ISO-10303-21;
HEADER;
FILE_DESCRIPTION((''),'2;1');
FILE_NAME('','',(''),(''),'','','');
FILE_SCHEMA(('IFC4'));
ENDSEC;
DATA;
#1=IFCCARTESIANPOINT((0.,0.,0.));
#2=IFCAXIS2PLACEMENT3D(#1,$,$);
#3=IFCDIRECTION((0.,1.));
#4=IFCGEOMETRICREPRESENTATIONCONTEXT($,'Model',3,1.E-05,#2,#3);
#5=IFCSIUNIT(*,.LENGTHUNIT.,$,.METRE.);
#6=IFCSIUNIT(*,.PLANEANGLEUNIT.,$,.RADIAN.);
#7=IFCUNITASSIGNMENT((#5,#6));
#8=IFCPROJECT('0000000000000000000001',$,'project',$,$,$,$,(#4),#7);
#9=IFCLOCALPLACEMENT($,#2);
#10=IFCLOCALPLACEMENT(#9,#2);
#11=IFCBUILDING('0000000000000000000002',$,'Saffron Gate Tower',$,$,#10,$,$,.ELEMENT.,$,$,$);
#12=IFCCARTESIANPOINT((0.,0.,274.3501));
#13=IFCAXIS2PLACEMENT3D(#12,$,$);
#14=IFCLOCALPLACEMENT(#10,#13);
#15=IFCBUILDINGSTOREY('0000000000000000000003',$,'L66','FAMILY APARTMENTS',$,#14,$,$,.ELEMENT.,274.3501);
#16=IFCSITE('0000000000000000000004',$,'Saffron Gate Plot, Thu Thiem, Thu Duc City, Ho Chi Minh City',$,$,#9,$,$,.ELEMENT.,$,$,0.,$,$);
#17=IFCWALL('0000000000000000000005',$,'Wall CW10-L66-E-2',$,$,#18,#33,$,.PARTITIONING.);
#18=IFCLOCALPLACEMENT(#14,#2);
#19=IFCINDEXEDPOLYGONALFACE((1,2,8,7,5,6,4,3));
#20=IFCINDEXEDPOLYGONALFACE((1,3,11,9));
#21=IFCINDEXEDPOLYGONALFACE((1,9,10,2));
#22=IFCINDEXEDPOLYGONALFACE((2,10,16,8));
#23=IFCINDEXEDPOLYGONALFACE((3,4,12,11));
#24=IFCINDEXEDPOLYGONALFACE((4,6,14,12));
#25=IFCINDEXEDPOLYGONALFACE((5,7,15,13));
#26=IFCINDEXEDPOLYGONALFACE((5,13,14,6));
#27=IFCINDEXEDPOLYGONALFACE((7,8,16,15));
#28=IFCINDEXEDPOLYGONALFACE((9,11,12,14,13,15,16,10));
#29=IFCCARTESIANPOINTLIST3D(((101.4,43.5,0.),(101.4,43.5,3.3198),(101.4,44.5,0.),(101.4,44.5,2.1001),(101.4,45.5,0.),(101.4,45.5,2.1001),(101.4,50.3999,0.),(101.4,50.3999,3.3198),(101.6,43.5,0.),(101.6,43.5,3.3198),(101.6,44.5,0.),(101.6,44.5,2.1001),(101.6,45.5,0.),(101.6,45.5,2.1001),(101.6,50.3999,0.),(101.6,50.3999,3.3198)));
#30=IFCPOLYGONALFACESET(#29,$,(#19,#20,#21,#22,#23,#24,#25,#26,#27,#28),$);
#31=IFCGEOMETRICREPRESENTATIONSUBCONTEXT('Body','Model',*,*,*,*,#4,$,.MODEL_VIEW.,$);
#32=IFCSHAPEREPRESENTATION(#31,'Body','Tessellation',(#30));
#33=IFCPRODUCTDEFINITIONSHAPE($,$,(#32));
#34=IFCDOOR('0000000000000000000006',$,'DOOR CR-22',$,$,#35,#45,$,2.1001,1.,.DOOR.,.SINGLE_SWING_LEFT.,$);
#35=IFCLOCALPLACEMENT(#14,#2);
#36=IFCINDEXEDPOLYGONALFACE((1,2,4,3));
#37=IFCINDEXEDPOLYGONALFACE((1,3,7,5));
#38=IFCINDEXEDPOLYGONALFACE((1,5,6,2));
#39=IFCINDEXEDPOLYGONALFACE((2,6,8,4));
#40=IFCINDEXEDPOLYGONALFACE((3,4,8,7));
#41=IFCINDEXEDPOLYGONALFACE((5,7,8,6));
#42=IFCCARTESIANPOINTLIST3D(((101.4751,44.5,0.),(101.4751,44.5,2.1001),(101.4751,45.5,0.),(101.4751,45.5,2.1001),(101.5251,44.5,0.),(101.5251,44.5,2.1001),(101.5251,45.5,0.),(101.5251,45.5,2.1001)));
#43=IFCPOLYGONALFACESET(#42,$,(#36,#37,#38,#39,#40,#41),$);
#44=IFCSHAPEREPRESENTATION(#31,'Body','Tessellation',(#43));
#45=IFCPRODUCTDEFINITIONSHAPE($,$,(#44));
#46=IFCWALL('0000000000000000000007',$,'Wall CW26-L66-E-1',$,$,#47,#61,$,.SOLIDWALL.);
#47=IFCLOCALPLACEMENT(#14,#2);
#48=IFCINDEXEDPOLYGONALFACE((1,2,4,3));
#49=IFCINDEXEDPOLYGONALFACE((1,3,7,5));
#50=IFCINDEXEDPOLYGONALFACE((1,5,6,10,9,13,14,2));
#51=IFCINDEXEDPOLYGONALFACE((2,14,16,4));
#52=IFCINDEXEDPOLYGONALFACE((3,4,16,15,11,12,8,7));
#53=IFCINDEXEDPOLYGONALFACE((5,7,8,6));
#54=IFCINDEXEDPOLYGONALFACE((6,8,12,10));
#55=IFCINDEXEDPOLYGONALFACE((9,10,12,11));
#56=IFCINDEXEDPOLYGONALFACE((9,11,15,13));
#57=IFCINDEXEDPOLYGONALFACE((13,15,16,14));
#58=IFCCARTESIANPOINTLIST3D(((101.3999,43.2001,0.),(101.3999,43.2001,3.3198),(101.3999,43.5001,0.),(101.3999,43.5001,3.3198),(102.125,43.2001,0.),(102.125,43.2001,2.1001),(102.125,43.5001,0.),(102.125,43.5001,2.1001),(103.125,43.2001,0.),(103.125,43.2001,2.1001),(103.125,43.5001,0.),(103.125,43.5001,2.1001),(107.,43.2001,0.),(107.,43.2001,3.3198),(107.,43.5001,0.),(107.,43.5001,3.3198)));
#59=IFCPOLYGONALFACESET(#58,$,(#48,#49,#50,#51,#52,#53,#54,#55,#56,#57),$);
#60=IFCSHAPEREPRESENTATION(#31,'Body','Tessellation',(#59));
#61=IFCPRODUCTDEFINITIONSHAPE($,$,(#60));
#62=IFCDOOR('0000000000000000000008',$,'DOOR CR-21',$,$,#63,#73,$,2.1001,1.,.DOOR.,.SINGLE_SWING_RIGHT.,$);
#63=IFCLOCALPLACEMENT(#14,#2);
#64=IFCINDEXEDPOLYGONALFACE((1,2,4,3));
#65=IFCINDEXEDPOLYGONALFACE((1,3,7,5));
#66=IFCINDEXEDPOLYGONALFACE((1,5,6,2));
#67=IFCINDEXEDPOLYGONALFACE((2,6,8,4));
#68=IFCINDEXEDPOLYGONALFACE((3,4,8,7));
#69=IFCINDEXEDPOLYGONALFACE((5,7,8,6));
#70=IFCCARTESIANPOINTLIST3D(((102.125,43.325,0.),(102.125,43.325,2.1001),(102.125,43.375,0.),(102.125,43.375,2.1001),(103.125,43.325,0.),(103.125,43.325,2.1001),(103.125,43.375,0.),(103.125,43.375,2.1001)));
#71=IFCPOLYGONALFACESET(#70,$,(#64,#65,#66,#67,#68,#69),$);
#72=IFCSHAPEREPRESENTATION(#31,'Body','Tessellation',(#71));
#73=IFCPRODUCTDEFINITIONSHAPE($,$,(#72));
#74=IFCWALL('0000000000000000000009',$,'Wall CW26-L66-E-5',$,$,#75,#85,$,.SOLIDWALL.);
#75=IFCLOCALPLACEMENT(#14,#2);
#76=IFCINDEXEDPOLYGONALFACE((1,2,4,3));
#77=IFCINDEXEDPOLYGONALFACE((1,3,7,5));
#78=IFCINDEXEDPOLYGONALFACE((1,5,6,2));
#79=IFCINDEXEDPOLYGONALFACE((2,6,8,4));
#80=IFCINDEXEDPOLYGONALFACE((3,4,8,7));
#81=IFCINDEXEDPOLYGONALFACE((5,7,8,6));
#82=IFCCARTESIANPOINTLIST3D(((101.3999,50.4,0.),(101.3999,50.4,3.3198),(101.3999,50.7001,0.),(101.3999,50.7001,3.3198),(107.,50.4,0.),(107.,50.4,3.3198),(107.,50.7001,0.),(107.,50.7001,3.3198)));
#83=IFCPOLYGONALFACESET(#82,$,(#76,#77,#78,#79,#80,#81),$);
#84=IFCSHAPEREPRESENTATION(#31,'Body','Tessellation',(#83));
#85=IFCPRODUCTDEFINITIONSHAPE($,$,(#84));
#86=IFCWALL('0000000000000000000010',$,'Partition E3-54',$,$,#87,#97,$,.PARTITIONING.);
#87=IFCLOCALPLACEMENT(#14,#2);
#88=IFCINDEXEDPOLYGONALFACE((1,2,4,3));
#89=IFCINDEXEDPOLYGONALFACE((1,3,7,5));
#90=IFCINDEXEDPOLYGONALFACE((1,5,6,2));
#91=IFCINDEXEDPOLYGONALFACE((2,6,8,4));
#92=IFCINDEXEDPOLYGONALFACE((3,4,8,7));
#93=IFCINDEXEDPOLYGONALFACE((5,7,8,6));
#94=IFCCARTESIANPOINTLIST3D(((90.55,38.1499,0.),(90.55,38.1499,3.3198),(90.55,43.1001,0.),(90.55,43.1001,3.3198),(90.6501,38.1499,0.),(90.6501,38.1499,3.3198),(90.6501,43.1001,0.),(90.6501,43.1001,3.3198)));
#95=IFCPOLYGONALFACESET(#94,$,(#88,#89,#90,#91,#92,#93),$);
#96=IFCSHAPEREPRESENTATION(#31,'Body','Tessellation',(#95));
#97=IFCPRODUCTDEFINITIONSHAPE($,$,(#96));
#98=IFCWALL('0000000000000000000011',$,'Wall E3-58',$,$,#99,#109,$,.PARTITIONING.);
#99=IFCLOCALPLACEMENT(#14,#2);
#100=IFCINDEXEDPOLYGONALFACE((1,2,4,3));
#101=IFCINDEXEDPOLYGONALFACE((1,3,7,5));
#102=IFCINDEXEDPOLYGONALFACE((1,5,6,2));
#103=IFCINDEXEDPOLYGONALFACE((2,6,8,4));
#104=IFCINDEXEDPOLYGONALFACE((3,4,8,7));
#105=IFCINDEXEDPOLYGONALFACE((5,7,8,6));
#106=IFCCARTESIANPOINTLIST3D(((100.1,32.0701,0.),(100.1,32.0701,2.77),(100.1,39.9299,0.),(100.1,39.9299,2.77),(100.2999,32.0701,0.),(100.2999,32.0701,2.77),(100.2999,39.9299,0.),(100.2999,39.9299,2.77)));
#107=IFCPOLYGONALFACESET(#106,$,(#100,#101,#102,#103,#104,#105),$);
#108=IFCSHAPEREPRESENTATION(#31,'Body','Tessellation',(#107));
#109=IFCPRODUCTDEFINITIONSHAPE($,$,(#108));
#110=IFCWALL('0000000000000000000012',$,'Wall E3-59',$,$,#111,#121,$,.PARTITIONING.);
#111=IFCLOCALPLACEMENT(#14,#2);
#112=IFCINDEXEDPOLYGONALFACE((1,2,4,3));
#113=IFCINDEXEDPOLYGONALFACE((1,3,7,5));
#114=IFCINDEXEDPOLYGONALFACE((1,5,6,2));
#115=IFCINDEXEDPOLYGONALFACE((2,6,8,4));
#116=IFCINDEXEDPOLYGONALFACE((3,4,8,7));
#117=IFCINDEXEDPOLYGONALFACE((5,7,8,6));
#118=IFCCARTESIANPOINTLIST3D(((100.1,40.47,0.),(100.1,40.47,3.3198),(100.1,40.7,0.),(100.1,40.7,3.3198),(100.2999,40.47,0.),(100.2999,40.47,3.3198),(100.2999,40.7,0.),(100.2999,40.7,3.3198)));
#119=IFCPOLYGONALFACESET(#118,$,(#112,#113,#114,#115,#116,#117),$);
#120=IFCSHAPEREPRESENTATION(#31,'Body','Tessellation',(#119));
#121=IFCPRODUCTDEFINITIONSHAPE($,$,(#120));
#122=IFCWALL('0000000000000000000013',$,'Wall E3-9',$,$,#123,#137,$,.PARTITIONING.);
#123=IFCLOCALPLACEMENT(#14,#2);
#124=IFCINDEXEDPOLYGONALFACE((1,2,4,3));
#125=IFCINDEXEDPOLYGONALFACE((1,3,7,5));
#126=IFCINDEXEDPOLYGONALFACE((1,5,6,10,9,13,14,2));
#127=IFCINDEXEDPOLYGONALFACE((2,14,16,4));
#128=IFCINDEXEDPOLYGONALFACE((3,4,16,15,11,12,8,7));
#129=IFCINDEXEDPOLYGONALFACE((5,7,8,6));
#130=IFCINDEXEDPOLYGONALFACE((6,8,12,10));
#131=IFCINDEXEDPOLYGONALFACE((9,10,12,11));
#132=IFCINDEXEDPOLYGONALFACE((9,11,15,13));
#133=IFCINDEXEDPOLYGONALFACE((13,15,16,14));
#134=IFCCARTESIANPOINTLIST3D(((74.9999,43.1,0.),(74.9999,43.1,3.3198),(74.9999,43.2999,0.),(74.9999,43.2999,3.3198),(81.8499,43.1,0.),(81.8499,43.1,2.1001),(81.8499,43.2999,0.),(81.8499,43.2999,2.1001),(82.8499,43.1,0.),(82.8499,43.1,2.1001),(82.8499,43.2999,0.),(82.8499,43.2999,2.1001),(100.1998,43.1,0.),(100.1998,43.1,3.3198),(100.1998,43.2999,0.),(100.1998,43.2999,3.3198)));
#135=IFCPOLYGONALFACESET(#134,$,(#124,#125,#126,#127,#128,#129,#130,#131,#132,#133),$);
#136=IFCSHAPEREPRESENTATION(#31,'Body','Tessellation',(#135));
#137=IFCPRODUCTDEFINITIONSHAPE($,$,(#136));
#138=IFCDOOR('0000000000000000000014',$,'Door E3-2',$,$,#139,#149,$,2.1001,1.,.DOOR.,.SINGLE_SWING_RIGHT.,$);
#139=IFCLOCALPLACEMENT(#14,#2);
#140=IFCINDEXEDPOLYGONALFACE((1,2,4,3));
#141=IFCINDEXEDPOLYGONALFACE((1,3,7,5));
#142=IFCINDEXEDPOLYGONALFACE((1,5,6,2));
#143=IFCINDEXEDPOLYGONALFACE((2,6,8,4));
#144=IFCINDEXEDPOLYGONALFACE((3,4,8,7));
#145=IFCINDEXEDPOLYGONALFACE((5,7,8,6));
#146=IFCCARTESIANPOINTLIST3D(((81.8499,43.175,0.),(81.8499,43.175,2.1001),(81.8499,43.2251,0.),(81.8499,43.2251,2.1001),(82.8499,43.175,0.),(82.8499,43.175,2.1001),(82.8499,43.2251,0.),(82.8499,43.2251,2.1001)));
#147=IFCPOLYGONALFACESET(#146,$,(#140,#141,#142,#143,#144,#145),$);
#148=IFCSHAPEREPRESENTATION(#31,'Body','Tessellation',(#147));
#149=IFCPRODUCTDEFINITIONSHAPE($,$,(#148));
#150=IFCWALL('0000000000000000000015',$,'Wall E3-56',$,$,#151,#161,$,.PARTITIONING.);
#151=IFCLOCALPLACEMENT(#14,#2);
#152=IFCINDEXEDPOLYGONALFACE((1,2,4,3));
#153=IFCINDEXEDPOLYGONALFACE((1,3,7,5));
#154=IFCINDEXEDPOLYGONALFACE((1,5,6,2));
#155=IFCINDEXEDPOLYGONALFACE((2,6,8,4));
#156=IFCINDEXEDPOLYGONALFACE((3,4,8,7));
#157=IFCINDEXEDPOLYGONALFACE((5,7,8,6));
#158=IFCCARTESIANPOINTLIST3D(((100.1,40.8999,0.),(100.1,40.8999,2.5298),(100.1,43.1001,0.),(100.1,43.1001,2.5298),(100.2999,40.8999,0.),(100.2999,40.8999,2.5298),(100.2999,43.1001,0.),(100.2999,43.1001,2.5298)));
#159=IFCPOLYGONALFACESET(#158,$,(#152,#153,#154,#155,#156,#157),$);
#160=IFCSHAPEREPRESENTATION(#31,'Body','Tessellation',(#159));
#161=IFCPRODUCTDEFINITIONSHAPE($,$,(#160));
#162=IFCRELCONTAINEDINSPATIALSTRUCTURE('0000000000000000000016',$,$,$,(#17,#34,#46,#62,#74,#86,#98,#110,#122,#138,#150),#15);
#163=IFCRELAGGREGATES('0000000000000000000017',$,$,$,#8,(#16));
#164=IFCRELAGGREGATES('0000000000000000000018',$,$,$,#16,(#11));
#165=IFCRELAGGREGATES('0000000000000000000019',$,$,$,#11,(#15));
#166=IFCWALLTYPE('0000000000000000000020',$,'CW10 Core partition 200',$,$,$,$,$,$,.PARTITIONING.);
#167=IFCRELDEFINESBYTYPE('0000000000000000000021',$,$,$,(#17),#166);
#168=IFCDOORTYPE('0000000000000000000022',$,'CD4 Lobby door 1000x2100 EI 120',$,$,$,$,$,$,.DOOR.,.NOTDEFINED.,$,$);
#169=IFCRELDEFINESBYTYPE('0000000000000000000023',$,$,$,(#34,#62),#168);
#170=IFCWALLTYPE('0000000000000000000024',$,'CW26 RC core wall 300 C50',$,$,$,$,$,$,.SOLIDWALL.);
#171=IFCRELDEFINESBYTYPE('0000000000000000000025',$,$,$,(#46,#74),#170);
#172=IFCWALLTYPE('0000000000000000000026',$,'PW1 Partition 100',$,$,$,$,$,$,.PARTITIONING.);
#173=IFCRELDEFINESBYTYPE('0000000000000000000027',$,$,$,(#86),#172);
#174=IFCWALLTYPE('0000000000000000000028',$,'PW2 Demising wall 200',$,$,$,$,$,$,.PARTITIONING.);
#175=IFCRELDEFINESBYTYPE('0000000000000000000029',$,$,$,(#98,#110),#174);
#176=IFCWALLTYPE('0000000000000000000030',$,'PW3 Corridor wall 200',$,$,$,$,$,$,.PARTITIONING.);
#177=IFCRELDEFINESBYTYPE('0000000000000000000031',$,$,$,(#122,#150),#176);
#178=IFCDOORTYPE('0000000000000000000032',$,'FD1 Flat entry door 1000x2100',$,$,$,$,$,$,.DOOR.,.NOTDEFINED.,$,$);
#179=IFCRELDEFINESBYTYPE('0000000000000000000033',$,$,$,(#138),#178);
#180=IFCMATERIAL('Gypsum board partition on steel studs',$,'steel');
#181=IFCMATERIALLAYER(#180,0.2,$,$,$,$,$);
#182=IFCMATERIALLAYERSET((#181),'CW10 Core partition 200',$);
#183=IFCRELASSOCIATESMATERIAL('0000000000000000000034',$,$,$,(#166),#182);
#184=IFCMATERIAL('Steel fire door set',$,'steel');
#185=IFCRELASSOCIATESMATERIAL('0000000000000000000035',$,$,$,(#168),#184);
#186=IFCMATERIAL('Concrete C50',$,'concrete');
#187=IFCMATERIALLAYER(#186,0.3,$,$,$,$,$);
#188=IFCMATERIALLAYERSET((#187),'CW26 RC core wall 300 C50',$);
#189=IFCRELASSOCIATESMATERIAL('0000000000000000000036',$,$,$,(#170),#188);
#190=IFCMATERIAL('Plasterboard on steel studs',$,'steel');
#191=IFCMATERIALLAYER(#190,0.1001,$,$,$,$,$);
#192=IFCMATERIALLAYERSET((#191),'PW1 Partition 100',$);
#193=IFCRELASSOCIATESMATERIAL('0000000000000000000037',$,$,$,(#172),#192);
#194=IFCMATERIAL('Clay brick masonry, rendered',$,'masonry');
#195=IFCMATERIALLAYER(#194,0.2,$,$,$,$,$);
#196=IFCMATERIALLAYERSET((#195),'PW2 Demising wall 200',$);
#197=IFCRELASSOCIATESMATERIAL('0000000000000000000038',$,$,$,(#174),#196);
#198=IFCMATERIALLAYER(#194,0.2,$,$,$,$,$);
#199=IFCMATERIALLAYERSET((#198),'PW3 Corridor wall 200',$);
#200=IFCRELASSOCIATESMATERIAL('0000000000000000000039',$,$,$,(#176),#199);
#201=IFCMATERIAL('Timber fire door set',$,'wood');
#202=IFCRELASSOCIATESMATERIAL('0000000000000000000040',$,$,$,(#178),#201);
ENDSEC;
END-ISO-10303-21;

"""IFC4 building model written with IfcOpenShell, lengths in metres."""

from ifc_helpers import new_model, si_unit, direction, frame, frame_2d, origin, place, context, subcontext, project, spatial, rectangle, extrude, material, layer, layer_set, type_object, element, fill, save


model = new_model("IFC4")

# Units and contexts
model_context = context("Model", 3, precision=1e-05, world=origin(), true_north=direction((0.0, 1.0)))
body_context = subcontext(model_context, "Body", "Model", "MODEL_VIEW")
ifc_project = project(units=[si_unit("LENGTHUNIT", "METRE"), si_unit("PLANEANGLEUNIT", "RADIAN")], contexts=[model_context])

# Site, building, storey
site_placement = place(None, origin())
site = spatial("IfcSite", under=ifc_project, at=site_placement, Name="Saffron Gate Plot, Thu Thiem, Thu Duc City, Ho Chi Minh City", CompositionType="ELEMENT", RefElevation=0.0)
building_placement = place(site_placement, origin())
building = spatial("IfcBuilding", under=site, at=building_placement, Name="Saffron Gate Tower", CompositionType="ELEMENT")
storey_placement = place(building_placement, frame((0.0, 0.0, 274.3501)))
storey = spatial("IfcBuildingStorey", under=building, at=storey_placement, Name="L66", Description="FAMILY APARTMENTS", CompositionType="ELEMENT", Elevation=274.3501)

# Walls, openings, doors
ifc_material_1 = material(Name="Gypsum board partition on steel studs", Category="steel")
ifc_layer_1 = layer(ifc_material_1, 0.2)
ifc_layer_set_1 = layer_set([ifc_layer_1], Name="CW10 Core partition 200")
wall_type_1 = type_object("IfcWallType", Name="CW10 Core partition 200", PredefinedType="PARTITIONING", material=ifc_layer_set_1)
wall_1_placement = place(storey_placement, frame((101.5, 43.5, 0.0), z_axis=(0.0, 0.0, 1.0), x_axis=(0.0, 1.0, 0.0)))
wall_1 = element("IfcWall", 1, at=wall_1_placement, inside=storey, type_object=wall_type_1, Name="Wall CW10-L66-E-2", PredefinedType="PARTITIONING", context=body_context, shape_type="SweptSolid", body=[
    extrude(rectangle(XDim=6.8999, YDim=0.2, at=frame_2d((3.45, 0.0))), origin(), (0.0, 0.0, 1.0), 3.3198),
])
opening_1_placement = place(wall_1_placement, frame((1.0, 0.0, 0.0)))
opening_1 = element("IfcOpeningElement", 2, at=opening_1_placement, cuts=wall_1, PredefinedType="OPENING", context=body_context, shape_type="SweptSolid", body=[
    extrude(rectangle(XDim=1.0, YDim=2.1001, at=frame_2d((0.5, 1.05))), frame((0.0, 0.1099, 0.0), z_axis=(0.0, -1.0, 0.0), x_axis=(1.0, 0.0, 0.0)), (0.0, 0.0, 1.0), 0.22),
])
ifc_material_2 = material(Name="Steel fire door set", Category="steel")
door_type_1 = type_object("IfcDoorType", Name="CD4 Lobby door 1000x2100 EI 120", OperationType="NOTDEFINED", PredefinedType="DOOR", material=ifc_material_2)
door_1_placement = place(opening_1_placement, origin())
door_1 = element("IfcDoor", 3, at=door_1_placement, inside=storey, type_object=door_type_1, Name="DOOR CR-22", OperationType="SINGLE_SWING_LEFT", OverallHeight=2.1001, OverallWidth=1.0, PredefinedType="DOOR", context=body_context, shape_type="SweptSolid", body=[
    extrude(rectangle(XDim=1.0, YDim=2.1001, at=frame_2d((0.5, 1.05))), frame((0.0, 0.0249, 0.0), z_axis=(0.0, -1.0, 0.0), x_axis=(1.0, 0.0, 0.0)), (0.0, 0.0, 1.0), 0.05),
])
fill(opening_1, door_1)
ifc_material_3 = material(Name="Concrete C50", Category="concrete")
ifc_layer_2 = layer(ifc_material_3, 0.3)
ifc_layer_set_2 = layer_set([ifc_layer_2], Name="CW26 RC core wall 300 C50")
wall_type_2 = type_object("IfcWallType", Name="CW26 RC core wall 300 C50", PredefinedType="SOLIDWALL", material=ifc_layer_set_2)
wall_2_placement = place(storey_placement, frame((101.3999, 43.3501, 0.0), z_axis=(0.0, 0.0, 1.0), x_axis=(1.0, 0.0, 0.0)))
wall_2 = element("IfcWall", 4, at=wall_2_placement, inside=storey, type_object=wall_type_2, Name="Wall CW26-L66-E-1", PredefinedType="SOLIDWALL", context=body_context, shape_type="SweptSolid", body=[
    extrude(rectangle(XDim=5.6001, YDim=0.3, at=frame_2d((2.8, 0.0))), origin(), (0.0, 0.0, 1.0), 3.3198),
])
opening_2_placement = place(wall_2_placement, frame((0.7251, 0.0, 0.0)))
opening_2 = element("IfcOpeningElement", 5, at=opening_2_placement, cuts=wall_2, PredefinedType="OPENING", context=body_context, shape_type="SweptSolid", body=[
    extrude(rectangle(XDim=1.0, YDim=2.1001, at=frame_2d((0.5, 1.05))), frame((0.0, 0.1602, 0.0), z_axis=(0.0, -1.0, 0.0), x_axis=(1.0, 0.0, 0.0)), (0.0, 0.0, 1.0), 0.3201),
])
door_2_placement = place(opening_2_placement, origin())
door_2 = element("IfcDoor", 6, at=door_2_placement, inside=storey, type_object=door_type_1, Name="DOOR CR-21", OperationType="SINGLE_SWING_RIGHT", OverallHeight=2.1001, OverallWidth=1.0, PredefinedType="DOOR", context=body_context, shape_type="SweptSolid", body=[
    extrude(rectangle(XDim=1.0, YDim=2.1001, at=frame_2d((0.5, 1.05))), frame((0.0, 0.0249, 0.0), z_axis=(0.0, -1.0, 0.0), x_axis=(1.0, 0.0, 0.0)), (0.0, 0.0, 1.0), 0.05),
])
fill(opening_2, door_2)

# Walls
wall_3_placement = place(storey_placement, frame((101.3999, 50.55, 0.0), z_axis=(0.0, 0.0, 1.0), x_axis=(1.0, 0.0, 0.0)))
element("IfcWall", 7, at=wall_3_placement, inside=storey, type_object=wall_type_2, Name="Wall CW26-L66-E-5", PredefinedType="SOLIDWALL", context=body_context, shape_type="SweptSolid", body=[
    extrude(rectangle(XDim=5.6001, YDim=0.3, at=frame_2d((2.8, 0.0))), origin(), (0.0, 0.0, 1.0), 3.3198),
])
ifc_material_4 = material(Name="Plasterboard on steel studs", Category="steel")
ifc_layer_3 = layer(ifc_material_4, 0.1001)
ifc_layer_set_3 = layer_set([ifc_layer_3], Name="PW1 Partition 100")
wall_type_3 = type_object("IfcWallType", Name="PW1 Partition 100", PredefinedType="PARTITIONING", material=ifc_layer_set_3)
wall_4_placement = place(storey_placement, frame((90.6001, 43.1001, 0.0), z_axis=(0.0, 0.0, 1.0), x_axis=(0.0, -1.0, 0.0)))
element("IfcWall", 8, at=wall_4_placement, inside=storey, type_object=wall_type_3, Name="Partition E3-54", PredefinedType="PARTITIONING", context=body_context, shape_type="SweptSolid", body=[
    extrude(rectangle(XDim=4.9502, YDim=0.1001, at=frame_2d((2.4751, 0.0))), origin(), (0.0, 0.0, 1.0), 3.3198),
])
ifc_material_5 = material(Name="Clay brick masonry, rendered", Category="masonry")
ifc_layer_4 = layer(ifc_material_5, 0.2)
ifc_layer_set_4 = layer_set([ifc_layer_4], Name="PW2 Demising wall 200")
wall_type_4 = type_object("IfcWallType", Name="PW2 Demising wall 200", PredefinedType="PARTITIONING", material=ifc_layer_set_4)
wall_5_placement = place(storey_placement, frame((100.2, 39.9299, 0.0), z_axis=(0.0, 0.0, 1.0), x_axis=(0.0, -1.0, 0.0)))
element("IfcWall", 9, at=wall_5_placement, inside=storey, type_object=wall_type_4, Name="Wall E3-58", PredefinedType="PARTITIONING", context=body_context, shape_type="SweptSolid", body=[
    extrude(rectangle(XDim=7.8599, YDim=0.2, at=frame_2d((3.9299, 0.0))), origin(), (0.0, 0.0, 1.0), 2.77),
])
wall_6_placement = place(storey_placement, frame((100.2, 40.7, 0.0), z_axis=(0.0, 0.0, 1.0), x_axis=(0.0, -1.0, 0.0)))
element("IfcWall", 10, at=wall_6_placement, inside=storey, type_object=wall_type_4, Name="Wall E3-59", PredefinedType="PARTITIONING", context=body_context, shape_type="SweptSolid", body=[
    extrude(rectangle(XDim=0.23, YDim=0.2, at=frame_2d((0.115, 0.0))), origin(), (0.0, 0.0, 1.0), 3.3198),
])

# Wall, opening, door
ifc_layer_5 = layer(ifc_material_5, 0.2)
ifc_layer_set_5 = layer_set([ifc_layer_5], Name="PW3 Corridor wall 200")
wall_type_5 = type_object("IfcWallType", Name="PW3 Corridor wall 200", PredefinedType="PARTITIONING", material=ifc_layer_set_5)
wall_7_placement = place(storey_placement, frame((100.2, 43.2, 0.0), z_axis=(0.0, 0.0, 1.0), x_axis=(-1.0, 0.0, 0.0)))
wall_7 = element("IfcWall", 11, at=wall_7_placement, inside=storey, type_object=wall_type_5, Name="Wall E3-9", PredefinedType="PARTITIONING", context=body_context, shape_type="SweptSolid", body=[
    extrude(rectangle(XDim=25.2, YDim=0.2, at=frame_2d((12.6001, 0.0))), origin(), (0.0, 0.0, 1.0), 3.3198),
])
opening_3_placement = place(wall_7_placement, frame((17.3501, 0.0, 0.0)))
opening_3 = element("IfcOpeningElement", 12, at=opening_3_placement, cuts=wall_7, PredefinedType="OPENING", context=body_context, shape_type="SweptSolid", body=[
    extrude(rectangle(XDim=1.0, YDim=2.1001, at=frame_2d((0.5, 1.05))), frame((0.0, 0.1099, 0.0), z_axis=(0.0, -1.0, 0.0), x_axis=(1.0, 0.0, 0.0)), (0.0, 0.0, 1.0), 0.22),
])
ifc_material_6 = material(Name="Timber fire door set", Category="wood")
door_type_2 = type_object("IfcDoorType", Name="FD1 Flat entry door 1000x2100", OperationType="NOTDEFINED", PredefinedType="DOOR", material=ifc_material_6)
door_3_placement = place(opening_3_placement, origin())
door_3 = element("IfcDoor", 13, at=door_3_placement, inside=storey, type_object=door_type_2, Name="Door E3-2", OperationType="SINGLE_SWING_RIGHT", OverallHeight=2.1001, OverallWidth=1.0, PredefinedType="DOOR", context=body_context, shape_type="SweptSolid", body=[
    extrude(rectangle(XDim=1.0, YDim=2.1001, at=frame_2d((0.5, 1.05))), frame((0.0, 0.0249, 0.0), z_axis=(0.0, -1.0, 0.0), x_axis=(1.0, 0.0, 0.0)), (0.0, 0.0, 1.0), 0.05),
])
fill(opening_3, door_3)

# Wall
wall_8_placement = place(storey_placement, frame((100.2, 43.1001, 0.0), z_axis=(0.0, 0.0, 1.0), x_axis=(0.0, -1.0, 0.0)))
element("IfcWall", 14, at=wall_8_placement, inside=storey, type_object=wall_type_5, Name="Wall E3-56", PredefinedType="PARTITIONING", context=body_context, shape_type="SweptSolid", body=[
    extrude(rectangle(XDim=2.2002, YDim=0.2, at=frame_2d((1.1001, 0.0))), origin(), (0.0, 0.0, 1.0), 2.5298),
])

save(model, "model.ifc")
